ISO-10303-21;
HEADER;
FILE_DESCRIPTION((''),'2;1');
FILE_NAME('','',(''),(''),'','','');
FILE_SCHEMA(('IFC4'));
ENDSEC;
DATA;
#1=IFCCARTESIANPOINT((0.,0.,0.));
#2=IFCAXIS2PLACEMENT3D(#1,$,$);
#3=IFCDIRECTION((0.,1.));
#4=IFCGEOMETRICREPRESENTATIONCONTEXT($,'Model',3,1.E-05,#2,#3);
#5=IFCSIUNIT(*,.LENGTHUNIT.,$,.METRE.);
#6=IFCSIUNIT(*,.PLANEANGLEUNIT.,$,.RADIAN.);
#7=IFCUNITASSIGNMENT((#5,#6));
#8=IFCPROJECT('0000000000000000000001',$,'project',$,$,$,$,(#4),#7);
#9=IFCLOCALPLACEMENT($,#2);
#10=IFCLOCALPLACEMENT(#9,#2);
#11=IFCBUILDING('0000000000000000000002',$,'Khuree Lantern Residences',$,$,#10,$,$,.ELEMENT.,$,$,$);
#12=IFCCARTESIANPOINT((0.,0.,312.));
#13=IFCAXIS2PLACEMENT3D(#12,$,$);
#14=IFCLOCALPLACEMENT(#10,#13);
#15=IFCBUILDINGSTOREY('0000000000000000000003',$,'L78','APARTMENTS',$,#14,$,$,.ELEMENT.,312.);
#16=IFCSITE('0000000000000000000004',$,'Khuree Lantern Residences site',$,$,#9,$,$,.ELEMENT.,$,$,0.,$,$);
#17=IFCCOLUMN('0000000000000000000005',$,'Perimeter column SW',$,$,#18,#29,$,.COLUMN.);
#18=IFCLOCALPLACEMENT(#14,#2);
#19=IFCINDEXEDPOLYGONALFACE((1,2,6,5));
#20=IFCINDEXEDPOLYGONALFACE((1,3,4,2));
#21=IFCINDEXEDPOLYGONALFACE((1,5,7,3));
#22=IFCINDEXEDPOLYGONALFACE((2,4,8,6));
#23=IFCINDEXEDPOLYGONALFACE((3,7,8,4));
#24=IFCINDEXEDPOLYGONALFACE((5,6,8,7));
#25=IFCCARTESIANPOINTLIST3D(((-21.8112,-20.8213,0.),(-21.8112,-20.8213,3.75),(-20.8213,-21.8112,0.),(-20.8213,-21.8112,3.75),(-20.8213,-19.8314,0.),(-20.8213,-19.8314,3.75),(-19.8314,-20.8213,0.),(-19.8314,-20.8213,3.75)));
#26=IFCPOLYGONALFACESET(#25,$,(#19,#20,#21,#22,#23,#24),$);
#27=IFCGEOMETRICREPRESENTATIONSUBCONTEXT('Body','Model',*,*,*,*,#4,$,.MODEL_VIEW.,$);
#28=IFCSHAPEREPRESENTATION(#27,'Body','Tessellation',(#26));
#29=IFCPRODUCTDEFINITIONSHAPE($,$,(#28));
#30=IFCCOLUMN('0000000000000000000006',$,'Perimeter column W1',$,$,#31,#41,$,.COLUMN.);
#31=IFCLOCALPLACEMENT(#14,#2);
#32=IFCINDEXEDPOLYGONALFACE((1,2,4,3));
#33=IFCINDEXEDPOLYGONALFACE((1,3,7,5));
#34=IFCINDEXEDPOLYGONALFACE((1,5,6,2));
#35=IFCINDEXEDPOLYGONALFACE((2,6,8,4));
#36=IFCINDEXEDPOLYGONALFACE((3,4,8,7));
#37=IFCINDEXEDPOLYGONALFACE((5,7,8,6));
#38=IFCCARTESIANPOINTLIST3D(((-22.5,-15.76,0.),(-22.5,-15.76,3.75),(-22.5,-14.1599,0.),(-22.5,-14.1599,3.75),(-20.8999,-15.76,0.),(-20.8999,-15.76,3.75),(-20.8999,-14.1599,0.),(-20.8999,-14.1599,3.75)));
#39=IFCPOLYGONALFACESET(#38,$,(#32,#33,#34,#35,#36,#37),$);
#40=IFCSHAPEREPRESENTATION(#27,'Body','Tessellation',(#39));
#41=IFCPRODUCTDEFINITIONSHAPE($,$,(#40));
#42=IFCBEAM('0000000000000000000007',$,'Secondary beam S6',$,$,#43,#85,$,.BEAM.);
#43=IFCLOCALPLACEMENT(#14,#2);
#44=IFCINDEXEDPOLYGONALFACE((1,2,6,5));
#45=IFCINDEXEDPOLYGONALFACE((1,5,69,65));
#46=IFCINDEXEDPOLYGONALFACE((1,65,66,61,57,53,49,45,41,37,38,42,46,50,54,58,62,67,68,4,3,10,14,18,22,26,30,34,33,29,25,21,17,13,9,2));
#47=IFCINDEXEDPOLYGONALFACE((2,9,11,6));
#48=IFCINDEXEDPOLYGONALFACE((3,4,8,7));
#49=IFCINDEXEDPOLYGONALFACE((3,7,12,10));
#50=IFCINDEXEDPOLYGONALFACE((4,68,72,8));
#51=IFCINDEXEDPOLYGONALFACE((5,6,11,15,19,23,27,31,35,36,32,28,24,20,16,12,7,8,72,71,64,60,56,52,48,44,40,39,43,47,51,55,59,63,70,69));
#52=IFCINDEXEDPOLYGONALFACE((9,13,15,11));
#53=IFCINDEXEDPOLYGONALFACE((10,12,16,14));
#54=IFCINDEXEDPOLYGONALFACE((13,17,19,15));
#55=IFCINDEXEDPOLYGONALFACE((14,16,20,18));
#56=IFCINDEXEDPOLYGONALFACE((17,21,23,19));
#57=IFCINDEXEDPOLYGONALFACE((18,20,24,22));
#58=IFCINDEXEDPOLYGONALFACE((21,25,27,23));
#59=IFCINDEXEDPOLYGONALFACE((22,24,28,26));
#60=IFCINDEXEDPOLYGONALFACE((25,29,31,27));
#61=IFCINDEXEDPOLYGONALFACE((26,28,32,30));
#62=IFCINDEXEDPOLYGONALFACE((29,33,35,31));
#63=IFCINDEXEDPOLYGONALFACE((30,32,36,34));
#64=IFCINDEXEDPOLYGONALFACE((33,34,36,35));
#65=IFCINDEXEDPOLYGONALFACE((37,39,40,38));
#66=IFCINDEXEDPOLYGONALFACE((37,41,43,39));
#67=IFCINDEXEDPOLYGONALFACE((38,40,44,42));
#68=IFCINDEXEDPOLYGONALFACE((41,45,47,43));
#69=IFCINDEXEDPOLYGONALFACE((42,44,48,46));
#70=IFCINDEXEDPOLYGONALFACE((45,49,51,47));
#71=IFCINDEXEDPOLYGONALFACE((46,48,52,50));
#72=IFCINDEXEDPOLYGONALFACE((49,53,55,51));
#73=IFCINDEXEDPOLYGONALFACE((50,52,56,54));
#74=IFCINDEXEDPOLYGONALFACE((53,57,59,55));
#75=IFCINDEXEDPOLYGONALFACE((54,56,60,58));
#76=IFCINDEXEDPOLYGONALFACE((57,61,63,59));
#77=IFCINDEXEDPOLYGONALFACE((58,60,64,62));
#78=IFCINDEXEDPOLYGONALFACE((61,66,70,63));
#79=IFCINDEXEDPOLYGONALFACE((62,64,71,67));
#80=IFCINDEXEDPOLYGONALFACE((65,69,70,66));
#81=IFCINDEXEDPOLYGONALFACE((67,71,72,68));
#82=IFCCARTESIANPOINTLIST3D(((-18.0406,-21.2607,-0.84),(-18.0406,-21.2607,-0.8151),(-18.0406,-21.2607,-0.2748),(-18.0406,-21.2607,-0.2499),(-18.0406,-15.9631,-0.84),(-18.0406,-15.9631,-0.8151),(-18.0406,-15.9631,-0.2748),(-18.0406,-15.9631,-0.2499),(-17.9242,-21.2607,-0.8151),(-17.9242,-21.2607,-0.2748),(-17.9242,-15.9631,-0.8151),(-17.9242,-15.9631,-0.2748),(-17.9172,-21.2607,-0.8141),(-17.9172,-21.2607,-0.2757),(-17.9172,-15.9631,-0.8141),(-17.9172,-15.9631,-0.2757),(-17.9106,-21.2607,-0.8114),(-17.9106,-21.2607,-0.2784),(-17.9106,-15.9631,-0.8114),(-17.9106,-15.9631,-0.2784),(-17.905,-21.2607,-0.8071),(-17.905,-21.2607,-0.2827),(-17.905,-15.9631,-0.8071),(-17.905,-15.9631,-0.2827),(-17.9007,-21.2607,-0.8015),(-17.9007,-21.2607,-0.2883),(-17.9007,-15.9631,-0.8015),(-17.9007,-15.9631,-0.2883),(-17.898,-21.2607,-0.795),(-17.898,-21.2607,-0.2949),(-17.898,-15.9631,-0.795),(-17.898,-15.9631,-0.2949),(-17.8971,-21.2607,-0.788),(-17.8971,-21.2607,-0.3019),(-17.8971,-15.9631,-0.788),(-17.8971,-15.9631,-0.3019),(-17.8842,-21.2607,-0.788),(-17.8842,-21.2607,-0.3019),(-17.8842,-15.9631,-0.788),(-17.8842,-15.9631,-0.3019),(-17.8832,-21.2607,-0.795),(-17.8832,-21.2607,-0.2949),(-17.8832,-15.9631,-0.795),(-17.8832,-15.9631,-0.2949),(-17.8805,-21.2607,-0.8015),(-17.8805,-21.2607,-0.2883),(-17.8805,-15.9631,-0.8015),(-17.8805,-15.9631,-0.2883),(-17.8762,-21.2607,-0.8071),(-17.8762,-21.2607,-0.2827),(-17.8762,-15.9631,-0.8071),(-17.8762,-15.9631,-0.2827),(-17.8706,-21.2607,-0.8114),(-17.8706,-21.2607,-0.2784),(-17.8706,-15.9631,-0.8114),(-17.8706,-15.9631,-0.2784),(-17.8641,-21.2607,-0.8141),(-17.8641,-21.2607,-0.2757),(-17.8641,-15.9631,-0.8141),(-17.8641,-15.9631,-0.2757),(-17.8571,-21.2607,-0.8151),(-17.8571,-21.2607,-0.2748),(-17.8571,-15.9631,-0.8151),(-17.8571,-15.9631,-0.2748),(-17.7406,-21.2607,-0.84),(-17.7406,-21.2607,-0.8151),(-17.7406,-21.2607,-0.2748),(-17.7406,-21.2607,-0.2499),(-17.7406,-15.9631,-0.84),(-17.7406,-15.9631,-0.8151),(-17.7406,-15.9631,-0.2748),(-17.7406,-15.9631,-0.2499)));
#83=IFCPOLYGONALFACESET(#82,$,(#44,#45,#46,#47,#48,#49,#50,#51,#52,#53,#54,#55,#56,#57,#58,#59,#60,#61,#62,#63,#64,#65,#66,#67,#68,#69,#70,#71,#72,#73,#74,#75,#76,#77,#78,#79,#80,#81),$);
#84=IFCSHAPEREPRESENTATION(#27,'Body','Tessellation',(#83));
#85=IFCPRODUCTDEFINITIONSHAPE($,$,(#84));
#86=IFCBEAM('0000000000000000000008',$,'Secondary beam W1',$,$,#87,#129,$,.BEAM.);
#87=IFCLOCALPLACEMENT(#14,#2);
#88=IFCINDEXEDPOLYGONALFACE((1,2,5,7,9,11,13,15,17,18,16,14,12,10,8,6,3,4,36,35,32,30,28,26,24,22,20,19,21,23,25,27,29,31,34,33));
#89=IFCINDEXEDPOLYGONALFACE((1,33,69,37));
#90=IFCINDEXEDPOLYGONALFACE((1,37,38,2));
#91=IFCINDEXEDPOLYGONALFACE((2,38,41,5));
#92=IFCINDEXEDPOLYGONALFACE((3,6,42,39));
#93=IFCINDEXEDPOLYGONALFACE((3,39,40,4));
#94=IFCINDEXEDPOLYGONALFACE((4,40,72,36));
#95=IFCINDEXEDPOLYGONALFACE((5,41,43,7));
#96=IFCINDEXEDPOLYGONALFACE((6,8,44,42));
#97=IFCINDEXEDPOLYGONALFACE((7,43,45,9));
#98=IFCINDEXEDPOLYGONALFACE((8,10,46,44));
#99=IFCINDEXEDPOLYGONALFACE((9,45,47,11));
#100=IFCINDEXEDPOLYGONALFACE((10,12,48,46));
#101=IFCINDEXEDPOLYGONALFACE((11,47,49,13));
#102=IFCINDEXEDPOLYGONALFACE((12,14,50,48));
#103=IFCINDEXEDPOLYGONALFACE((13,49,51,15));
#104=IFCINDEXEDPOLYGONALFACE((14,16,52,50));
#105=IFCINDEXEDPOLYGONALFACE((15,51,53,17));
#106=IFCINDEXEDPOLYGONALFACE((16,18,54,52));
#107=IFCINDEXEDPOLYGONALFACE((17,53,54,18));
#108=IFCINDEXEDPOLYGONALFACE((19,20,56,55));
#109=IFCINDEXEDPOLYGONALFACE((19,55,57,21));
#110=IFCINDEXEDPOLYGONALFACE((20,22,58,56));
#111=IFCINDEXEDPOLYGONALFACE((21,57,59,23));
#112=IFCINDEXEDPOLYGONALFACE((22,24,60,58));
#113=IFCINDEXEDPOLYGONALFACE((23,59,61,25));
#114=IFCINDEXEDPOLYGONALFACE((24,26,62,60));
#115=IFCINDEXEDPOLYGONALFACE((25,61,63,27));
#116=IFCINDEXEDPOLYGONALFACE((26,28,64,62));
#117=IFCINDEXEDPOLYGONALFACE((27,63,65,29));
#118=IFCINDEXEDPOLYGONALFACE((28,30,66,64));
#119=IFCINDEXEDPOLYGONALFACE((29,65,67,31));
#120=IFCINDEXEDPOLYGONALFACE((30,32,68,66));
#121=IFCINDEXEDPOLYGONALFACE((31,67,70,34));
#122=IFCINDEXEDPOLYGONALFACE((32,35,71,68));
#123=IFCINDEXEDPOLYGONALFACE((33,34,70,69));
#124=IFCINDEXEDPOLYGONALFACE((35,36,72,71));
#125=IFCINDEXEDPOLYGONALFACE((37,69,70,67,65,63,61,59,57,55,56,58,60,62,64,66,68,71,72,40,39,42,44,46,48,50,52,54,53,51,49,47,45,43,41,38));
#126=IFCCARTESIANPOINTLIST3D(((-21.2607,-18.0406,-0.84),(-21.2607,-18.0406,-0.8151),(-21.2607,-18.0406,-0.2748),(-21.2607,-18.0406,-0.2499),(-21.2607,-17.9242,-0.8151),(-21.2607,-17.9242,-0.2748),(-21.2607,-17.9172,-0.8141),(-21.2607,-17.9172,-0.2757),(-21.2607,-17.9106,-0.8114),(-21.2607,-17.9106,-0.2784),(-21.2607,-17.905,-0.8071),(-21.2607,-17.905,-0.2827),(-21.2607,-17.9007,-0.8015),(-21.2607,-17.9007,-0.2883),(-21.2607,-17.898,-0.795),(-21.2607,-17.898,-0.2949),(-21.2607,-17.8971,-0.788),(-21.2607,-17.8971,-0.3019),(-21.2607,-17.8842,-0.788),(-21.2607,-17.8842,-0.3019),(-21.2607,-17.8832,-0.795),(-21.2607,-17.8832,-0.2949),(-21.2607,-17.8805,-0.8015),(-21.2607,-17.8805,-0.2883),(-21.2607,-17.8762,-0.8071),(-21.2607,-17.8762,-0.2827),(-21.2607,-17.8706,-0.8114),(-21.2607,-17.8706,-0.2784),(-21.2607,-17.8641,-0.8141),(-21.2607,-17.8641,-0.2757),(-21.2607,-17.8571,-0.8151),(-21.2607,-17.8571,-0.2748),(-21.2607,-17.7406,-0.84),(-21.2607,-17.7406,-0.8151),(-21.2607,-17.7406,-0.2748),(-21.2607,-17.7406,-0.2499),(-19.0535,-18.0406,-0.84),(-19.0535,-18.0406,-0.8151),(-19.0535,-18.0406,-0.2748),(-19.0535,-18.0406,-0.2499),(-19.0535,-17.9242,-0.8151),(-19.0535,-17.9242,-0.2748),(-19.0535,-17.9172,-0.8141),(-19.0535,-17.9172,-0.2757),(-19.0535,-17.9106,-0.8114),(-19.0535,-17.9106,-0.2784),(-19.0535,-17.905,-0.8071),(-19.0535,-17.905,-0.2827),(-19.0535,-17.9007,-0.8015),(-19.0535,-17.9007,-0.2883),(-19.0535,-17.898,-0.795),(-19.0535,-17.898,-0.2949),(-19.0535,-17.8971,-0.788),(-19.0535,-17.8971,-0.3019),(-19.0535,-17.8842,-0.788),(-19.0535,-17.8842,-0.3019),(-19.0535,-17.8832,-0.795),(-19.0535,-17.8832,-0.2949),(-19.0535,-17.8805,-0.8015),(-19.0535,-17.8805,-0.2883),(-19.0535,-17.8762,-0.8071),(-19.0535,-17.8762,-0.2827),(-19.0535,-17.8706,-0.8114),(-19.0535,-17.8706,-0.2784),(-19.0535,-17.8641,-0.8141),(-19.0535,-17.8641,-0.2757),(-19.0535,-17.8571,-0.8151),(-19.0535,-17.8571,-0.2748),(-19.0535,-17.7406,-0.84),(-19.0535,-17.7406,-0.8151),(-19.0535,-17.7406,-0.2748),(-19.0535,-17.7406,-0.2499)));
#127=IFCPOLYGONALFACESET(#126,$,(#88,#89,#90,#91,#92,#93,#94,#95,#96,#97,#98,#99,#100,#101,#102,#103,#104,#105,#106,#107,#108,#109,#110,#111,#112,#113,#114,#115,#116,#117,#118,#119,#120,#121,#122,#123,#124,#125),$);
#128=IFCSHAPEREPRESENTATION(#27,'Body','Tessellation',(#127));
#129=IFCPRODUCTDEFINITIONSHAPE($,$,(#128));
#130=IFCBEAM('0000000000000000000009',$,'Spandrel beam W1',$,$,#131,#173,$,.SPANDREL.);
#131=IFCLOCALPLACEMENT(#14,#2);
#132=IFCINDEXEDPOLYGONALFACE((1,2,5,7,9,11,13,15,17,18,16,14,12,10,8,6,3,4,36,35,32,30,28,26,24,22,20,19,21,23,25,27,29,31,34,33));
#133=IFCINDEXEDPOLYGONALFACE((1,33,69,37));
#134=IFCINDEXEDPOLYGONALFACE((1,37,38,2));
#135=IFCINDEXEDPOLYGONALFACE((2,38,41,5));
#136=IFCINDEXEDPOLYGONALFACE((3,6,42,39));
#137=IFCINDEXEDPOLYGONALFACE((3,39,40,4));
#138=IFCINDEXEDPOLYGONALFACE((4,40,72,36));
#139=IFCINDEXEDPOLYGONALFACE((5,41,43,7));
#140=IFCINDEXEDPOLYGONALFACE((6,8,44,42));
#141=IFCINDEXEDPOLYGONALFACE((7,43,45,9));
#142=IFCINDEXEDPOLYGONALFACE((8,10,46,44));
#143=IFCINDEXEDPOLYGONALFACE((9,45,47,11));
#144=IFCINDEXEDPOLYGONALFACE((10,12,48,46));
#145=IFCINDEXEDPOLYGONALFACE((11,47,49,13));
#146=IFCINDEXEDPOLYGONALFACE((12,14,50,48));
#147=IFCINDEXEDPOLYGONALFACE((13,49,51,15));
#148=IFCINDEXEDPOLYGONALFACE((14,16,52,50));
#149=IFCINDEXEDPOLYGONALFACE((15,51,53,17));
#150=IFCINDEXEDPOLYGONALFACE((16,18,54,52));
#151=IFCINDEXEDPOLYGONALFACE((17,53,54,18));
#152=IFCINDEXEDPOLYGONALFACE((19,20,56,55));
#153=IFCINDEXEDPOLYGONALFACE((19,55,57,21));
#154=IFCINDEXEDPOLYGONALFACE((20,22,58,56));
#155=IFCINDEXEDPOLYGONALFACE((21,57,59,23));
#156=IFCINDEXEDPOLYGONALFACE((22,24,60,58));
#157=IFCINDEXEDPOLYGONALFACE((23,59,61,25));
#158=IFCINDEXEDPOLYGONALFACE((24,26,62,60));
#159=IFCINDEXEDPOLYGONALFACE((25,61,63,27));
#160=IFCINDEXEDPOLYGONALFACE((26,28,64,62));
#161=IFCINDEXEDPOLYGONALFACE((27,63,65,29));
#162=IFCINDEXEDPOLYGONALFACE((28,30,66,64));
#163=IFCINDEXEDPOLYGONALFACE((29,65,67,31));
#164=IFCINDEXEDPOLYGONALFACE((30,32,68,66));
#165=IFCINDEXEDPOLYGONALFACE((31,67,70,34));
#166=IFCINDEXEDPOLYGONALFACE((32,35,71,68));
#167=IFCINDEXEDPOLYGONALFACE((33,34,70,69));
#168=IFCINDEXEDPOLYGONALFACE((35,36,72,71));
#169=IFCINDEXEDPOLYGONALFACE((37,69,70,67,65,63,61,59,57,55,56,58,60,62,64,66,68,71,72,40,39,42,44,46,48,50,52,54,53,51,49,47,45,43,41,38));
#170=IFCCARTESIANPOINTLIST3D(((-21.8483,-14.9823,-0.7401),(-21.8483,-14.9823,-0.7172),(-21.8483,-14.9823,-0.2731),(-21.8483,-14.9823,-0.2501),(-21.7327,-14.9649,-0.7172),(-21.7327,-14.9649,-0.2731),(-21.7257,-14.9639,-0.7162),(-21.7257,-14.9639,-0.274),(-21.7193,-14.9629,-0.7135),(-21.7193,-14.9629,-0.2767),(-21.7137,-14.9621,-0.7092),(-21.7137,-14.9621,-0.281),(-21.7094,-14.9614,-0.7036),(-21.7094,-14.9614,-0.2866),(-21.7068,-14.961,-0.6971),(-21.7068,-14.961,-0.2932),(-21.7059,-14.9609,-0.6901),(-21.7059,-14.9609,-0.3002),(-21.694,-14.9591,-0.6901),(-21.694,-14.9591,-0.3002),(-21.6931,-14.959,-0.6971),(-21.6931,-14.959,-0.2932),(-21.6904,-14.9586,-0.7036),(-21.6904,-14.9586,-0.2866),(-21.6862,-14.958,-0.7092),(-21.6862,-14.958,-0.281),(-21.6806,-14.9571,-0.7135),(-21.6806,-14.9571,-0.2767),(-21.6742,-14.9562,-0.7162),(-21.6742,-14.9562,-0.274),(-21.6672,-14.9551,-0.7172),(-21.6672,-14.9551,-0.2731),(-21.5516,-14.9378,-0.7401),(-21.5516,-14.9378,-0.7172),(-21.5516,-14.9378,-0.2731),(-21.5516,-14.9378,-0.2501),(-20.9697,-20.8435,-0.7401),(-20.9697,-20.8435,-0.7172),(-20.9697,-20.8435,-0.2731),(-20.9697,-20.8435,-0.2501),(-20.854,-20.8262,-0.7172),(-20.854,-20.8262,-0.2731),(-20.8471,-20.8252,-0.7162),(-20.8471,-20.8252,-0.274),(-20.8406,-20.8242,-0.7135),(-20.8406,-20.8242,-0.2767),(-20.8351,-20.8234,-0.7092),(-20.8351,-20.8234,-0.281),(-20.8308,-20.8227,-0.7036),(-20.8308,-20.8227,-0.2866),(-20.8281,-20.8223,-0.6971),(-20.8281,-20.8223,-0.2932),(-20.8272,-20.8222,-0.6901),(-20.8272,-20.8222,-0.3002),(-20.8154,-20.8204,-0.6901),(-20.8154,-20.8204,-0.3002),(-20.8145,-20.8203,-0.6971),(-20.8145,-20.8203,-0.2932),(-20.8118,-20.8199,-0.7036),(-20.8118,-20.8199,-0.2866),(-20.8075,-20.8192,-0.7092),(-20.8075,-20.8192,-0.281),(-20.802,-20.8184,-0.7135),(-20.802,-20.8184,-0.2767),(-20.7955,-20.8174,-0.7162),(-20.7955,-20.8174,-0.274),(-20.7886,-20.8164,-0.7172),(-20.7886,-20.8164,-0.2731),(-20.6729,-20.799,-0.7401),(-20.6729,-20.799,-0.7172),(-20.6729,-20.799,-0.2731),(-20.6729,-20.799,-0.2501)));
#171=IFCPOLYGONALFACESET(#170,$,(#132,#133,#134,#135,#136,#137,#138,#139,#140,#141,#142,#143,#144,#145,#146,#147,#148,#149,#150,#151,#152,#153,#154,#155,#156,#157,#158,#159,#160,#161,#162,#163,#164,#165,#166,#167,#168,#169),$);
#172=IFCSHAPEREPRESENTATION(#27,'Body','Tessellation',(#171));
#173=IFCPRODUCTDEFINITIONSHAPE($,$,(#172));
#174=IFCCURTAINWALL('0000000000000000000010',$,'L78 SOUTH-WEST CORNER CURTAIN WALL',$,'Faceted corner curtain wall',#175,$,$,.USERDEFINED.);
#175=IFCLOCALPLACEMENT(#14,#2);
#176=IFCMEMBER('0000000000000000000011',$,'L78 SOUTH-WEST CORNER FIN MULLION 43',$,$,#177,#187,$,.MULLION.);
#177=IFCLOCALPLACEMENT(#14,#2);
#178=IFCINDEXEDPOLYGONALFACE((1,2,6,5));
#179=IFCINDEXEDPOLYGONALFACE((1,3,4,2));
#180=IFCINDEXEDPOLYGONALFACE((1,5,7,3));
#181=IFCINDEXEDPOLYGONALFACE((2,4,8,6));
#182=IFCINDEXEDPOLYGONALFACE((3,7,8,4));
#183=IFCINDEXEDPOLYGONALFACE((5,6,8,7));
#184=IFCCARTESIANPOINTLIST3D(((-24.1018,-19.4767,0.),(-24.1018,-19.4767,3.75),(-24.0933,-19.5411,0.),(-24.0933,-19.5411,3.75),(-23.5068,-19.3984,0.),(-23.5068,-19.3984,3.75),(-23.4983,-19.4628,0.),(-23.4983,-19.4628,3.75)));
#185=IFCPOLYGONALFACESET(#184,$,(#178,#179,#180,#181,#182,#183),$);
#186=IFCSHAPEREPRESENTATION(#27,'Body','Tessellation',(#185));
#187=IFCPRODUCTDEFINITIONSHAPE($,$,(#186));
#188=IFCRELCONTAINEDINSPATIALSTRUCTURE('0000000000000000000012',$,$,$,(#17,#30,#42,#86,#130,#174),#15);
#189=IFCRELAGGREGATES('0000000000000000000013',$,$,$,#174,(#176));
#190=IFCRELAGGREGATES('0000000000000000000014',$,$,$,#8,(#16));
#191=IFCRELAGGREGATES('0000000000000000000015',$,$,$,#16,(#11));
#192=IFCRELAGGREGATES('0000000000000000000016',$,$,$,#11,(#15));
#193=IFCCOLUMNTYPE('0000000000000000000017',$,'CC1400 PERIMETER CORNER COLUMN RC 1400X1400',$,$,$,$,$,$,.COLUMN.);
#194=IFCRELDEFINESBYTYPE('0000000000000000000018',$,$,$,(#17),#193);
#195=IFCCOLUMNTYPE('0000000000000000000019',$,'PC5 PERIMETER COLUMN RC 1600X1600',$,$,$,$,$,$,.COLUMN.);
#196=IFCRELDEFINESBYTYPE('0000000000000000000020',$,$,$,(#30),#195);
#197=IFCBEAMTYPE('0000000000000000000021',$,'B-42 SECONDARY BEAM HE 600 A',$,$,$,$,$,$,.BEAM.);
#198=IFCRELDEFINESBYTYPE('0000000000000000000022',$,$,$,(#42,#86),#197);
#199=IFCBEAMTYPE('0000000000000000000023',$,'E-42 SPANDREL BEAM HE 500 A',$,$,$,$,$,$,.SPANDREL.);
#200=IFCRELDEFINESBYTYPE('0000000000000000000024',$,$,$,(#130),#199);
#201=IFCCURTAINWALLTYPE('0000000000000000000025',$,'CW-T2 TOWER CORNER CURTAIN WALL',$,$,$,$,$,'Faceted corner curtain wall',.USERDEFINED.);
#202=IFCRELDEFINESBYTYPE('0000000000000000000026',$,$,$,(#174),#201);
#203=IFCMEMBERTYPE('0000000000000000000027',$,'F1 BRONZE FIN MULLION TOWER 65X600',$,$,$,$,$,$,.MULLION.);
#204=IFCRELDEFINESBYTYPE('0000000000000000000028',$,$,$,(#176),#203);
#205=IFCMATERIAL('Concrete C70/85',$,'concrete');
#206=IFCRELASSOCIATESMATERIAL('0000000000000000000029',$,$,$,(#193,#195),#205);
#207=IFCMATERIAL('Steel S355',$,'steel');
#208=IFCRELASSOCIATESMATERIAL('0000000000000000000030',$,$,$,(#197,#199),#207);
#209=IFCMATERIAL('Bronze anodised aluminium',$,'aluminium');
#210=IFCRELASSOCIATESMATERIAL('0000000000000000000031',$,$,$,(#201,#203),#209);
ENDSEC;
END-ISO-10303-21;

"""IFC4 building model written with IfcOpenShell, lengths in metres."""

from ifc_helpers import new_model, si_unit, direction, frame, origin, origin_2d, place, context, subcontext, project, spatial, rectangle, i_section, extrude, material, material_profile, profile_set, type_object, element, aggregate, save


model = new_model("IFC4")

# Units and contexts
model_context = context("Model", 3, precision=1e-05, world=origin(), true_north=direction((0.0, 1.0)))
body_context = subcontext(model_context, "Body", "Model", "MODEL_VIEW")
ifc_project = project(units=[si_unit("LENGTHUNIT", "METRE"), si_unit("PLANEANGLEUNIT", "RADIAN")], contexts=[model_context])

# Site, building, storey
site_placement = place(None, origin())
site = spatial("IfcSite", under=ifc_project, at=site_placement, Name="Khuree Lantern Residences site", CompositionType="ELEMENT", RefElevation=0.0)
building_placement = place(site_placement, origin())
building = spatial("IfcBuilding", under=site, at=building_placement, Name="Khuree Lantern Residences", CompositionType="ELEMENT")
storey_placement = place(building_placement, frame((0.0, 0.0, 312.0)))
storey = spatial("IfcBuildingStorey", under=building, at=storey_placement, Name="L78", Description="APARTMENTS", CompositionType="ELEMENT", Elevation=312.0)

# Columns
ifc_material_1 = material(Name="Concrete C70/85", Category="concrete")
ifc_material_profile_1 = material_profile(ifc_material_1, rectangle(XDim=1.3999, YDim=1.3999, at=origin_2d()), Name="RC 1400X1400")
ifc_profile_set_1 = profile_set([ifc_material_profile_1], Name="Concrete C70/85")
column_type_1 = type_object("IfcColumnType", Name="CC1400 PERIMETER CORNER COLUMN RC 1400X1400", PredefinedType="COLUMN", material=ifc_profile_set_1)
column_1_placement = place(storey_placement, frame((-20.8213, -20.8213, 0.0), z_axis=(0.0, 0.0, 1.0), x_axis=(0.707107, -0.707107, 0.0)))
element("IfcColumn", 1, at=column_1_placement, inside=storey, type_object=column_type_1, Name="Perimeter column SW", PredefinedType="COLUMN", context=body_context, shape_type="SweptSolid", body=[
    extrude(rectangle(XDim=1.3999, YDim=1.3999, at=origin_2d()), origin(), (0.0, 0.0, 1.0), 3.75),
])
ifc_material_profile_2 = material_profile(ifc_material_1, rectangle(XDim=1.6001, YDim=1.6001, at=origin_2d()), Name="RC 1600X1600")
ifc_profile_set_2 = profile_set([ifc_material_profile_2], Name="Concrete C70/85")
column_type_2 = type_object("IfcColumnType", Name="PC5 PERIMETER COLUMN RC 1600X1600", PredefinedType="COLUMN", material=ifc_profile_set_2)
column_2_placement = place(storey_placement, frame((-21.7, -14.96, 0.0), z_axis=(0.0, 0.0, 1.0), x_axis=(0.0, 1.0, 0.0)))
element("IfcColumn", 2, at=column_2_placement, inside=storey, type_object=column_type_2, Name="Perimeter column W1", PredefinedType="COLUMN", context=body_context, shape_type="SweptSolid", body=[
    extrude(rectangle(XDim=1.6001, YDim=1.6001, at=origin_2d()), origin(), (0.0, 0.0, 1.0), 3.75),
])

# Beams
ifc_material_2 = material(Name="Steel S355", Category="steel")
ifc_material_profile_3 = material_profile(ifc_material_2, i_section(OverallWidth=0.3, OverallDepth=0.5901, WebThickness=0.0129, FlangeThickness=0.0249, FilletRadius=0.0271, at=origin_2d()), Name="HE 600 A")
ifc_profile_set_3 = profile_set([ifc_material_profile_3], Name="Steel S355")
beam_type_1 = type_object("IfcBeamType", Name="B-42 SECONDARY BEAM HE 600 A", PredefinedType="BEAM", material=ifc_profile_set_3)
beam_1_placement = place(storey_placement, frame((-17.8906, -21.2607, -0.5449), z_axis=(0.0, 1.0, 0.0), x_axis=(-1.0, 0.0, 0.0)))
element("IfcBeam", 3, at=beam_1_placement, inside=storey, type_object=beam_type_1, Name="Secondary beam S6", PredefinedType="BEAM", context=body_context, shape_type="SweptSolid", body=[
    extrude(i_section(OverallWidth=0.3, OverallDepth=0.5901, WebThickness=0.0129, FlangeThickness=0.0249, FilletRadius=0.0271, at=origin_2d()), origin(), (0.0, 0.0, 1.0), 5.2976),
])
beam_2_placement = place(storey_placement, frame((-21.2607, -17.8906, -0.5449), z_axis=(1.0, 0.0, 0.0), x_axis=(0.0, 1.0, 0.0)))
element("IfcBeam", 4, at=beam_2_placement, inside=storey, type_object=beam_type_1, Name="Secondary beam W1", PredefinedType="BEAM", context=body_context, shape_type="SweptSolid", body=[
    extrude(i_section(OverallWidth=0.3, OverallDepth=0.5901, WebThickness=0.0129, FlangeThickness=0.0249, FilletRadius=0.0271, at=origin_2d()), origin(), (0.0, 0.0, 1.0), 2.2073),
])
ifc_material_profile_4 = material_profile(ifc_material_2, i_section(OverallWidth=0.3, OverallDepth=0.49, WebThickness=0.012, FlangeThickness=0.0229, FilletRadius=0.0271, at=origin_2d()), Name="HE 500 A")
ifc_profile_set_4 = profile_set([ifc_material_profile_4], Name="Steel S355")
beam_type_2 = type_object("IfcBeamType", Name="E-42 SPANDREL BEAM HE 500 A", PredefinedType="SPANDREL", material=ifc_profile_set_4)
beam_3_placement = place(storey_placement, frame((-20.8213, -20.8213, -0.4951), z_axis=(-0.148252, 0.98895, 0.0), x_axis=(-0.98895, -0.148252, 0.0)))
element("IfcBeam", 5, at=beam_3_placement, inside=storey, type_object=beam_type_2, Name="Spandrel beam W1", PredefinedType="SPANDREL", context=body_context, shape_type="SweptSolid", body=[
    extrude(i_section(OverallWidth=0.3, OverallDepth=0.49, WebThickness=0.012, FlangeThickness=0.0229, FilletRadius=0.0271, at=origin_2d()), origin(), (0.0, 0.0, 1.0), 5.9268),
])

# Curtain wall, member
ifc_material_3 = material(Name="Bronze anodised aluminium", Category="aluminium")
curtain_wall_type_1 = type_object("IfcCurtainWallType", Name="CW-T2 TOWER CORNER CURTAIN WALL", ElementType="Faceted corner curtain wall", PredefinedType="USERDEFINED", material=ifc_material_3)
curtain_wall_1_placement = place(storey_placement, origin())
curtain_wall_1 = element("IfcCurtainWall", 6, at=curtain_wall_1_placement, inside=storey, type_object=curtain_wall_type_1, Name="L78 SOUTH-WEST CORNER CURTAIN WALL", ObjectType="Faceted corner curtain wall", PredefinedType="USERDEFINED")
ifc_material_profile_5 = material_profile(ifc_material_3, rectangle(XDim=0.0649, YDim=0.6001, at=origin_2d()), Name="F1 65X600")
ifc_profile_set_5 = profile_set([ifc_material_profile_5], Name="Bronze anodised aluminium")
member_type_1 = type_object("IfcMemberType", Name="F1 BRONZE FIN MULLION TOWER 65X600", PredefinedType="MULLION", material=ifc_profile_set_5)
member_1_placement = place(storey_placement, frame((-23.8, -19.4697, 0.0), z_axis=(0.0, 0.0, 1.0), x_axis=(0.130526, -0.991445, 0.0)))
member_1 = element("IfcMember", 7, at=member_1_placement, type_object=member_type_1, Name="L78 SOUTH-WEST CORNER FIN MULLION 43", PredefinedType="MULLION", context=body_context, shape_type="SweptSolid", body=[
    extrude(rectangle(XDim=0.0649, YDim=0.6001, at=origin_2d()), origin(), (0.0, 0.0, 1.0), 3.75),
])

aggregate(curtain_wall_1, [member_1])

save(model, "model.ifc")
